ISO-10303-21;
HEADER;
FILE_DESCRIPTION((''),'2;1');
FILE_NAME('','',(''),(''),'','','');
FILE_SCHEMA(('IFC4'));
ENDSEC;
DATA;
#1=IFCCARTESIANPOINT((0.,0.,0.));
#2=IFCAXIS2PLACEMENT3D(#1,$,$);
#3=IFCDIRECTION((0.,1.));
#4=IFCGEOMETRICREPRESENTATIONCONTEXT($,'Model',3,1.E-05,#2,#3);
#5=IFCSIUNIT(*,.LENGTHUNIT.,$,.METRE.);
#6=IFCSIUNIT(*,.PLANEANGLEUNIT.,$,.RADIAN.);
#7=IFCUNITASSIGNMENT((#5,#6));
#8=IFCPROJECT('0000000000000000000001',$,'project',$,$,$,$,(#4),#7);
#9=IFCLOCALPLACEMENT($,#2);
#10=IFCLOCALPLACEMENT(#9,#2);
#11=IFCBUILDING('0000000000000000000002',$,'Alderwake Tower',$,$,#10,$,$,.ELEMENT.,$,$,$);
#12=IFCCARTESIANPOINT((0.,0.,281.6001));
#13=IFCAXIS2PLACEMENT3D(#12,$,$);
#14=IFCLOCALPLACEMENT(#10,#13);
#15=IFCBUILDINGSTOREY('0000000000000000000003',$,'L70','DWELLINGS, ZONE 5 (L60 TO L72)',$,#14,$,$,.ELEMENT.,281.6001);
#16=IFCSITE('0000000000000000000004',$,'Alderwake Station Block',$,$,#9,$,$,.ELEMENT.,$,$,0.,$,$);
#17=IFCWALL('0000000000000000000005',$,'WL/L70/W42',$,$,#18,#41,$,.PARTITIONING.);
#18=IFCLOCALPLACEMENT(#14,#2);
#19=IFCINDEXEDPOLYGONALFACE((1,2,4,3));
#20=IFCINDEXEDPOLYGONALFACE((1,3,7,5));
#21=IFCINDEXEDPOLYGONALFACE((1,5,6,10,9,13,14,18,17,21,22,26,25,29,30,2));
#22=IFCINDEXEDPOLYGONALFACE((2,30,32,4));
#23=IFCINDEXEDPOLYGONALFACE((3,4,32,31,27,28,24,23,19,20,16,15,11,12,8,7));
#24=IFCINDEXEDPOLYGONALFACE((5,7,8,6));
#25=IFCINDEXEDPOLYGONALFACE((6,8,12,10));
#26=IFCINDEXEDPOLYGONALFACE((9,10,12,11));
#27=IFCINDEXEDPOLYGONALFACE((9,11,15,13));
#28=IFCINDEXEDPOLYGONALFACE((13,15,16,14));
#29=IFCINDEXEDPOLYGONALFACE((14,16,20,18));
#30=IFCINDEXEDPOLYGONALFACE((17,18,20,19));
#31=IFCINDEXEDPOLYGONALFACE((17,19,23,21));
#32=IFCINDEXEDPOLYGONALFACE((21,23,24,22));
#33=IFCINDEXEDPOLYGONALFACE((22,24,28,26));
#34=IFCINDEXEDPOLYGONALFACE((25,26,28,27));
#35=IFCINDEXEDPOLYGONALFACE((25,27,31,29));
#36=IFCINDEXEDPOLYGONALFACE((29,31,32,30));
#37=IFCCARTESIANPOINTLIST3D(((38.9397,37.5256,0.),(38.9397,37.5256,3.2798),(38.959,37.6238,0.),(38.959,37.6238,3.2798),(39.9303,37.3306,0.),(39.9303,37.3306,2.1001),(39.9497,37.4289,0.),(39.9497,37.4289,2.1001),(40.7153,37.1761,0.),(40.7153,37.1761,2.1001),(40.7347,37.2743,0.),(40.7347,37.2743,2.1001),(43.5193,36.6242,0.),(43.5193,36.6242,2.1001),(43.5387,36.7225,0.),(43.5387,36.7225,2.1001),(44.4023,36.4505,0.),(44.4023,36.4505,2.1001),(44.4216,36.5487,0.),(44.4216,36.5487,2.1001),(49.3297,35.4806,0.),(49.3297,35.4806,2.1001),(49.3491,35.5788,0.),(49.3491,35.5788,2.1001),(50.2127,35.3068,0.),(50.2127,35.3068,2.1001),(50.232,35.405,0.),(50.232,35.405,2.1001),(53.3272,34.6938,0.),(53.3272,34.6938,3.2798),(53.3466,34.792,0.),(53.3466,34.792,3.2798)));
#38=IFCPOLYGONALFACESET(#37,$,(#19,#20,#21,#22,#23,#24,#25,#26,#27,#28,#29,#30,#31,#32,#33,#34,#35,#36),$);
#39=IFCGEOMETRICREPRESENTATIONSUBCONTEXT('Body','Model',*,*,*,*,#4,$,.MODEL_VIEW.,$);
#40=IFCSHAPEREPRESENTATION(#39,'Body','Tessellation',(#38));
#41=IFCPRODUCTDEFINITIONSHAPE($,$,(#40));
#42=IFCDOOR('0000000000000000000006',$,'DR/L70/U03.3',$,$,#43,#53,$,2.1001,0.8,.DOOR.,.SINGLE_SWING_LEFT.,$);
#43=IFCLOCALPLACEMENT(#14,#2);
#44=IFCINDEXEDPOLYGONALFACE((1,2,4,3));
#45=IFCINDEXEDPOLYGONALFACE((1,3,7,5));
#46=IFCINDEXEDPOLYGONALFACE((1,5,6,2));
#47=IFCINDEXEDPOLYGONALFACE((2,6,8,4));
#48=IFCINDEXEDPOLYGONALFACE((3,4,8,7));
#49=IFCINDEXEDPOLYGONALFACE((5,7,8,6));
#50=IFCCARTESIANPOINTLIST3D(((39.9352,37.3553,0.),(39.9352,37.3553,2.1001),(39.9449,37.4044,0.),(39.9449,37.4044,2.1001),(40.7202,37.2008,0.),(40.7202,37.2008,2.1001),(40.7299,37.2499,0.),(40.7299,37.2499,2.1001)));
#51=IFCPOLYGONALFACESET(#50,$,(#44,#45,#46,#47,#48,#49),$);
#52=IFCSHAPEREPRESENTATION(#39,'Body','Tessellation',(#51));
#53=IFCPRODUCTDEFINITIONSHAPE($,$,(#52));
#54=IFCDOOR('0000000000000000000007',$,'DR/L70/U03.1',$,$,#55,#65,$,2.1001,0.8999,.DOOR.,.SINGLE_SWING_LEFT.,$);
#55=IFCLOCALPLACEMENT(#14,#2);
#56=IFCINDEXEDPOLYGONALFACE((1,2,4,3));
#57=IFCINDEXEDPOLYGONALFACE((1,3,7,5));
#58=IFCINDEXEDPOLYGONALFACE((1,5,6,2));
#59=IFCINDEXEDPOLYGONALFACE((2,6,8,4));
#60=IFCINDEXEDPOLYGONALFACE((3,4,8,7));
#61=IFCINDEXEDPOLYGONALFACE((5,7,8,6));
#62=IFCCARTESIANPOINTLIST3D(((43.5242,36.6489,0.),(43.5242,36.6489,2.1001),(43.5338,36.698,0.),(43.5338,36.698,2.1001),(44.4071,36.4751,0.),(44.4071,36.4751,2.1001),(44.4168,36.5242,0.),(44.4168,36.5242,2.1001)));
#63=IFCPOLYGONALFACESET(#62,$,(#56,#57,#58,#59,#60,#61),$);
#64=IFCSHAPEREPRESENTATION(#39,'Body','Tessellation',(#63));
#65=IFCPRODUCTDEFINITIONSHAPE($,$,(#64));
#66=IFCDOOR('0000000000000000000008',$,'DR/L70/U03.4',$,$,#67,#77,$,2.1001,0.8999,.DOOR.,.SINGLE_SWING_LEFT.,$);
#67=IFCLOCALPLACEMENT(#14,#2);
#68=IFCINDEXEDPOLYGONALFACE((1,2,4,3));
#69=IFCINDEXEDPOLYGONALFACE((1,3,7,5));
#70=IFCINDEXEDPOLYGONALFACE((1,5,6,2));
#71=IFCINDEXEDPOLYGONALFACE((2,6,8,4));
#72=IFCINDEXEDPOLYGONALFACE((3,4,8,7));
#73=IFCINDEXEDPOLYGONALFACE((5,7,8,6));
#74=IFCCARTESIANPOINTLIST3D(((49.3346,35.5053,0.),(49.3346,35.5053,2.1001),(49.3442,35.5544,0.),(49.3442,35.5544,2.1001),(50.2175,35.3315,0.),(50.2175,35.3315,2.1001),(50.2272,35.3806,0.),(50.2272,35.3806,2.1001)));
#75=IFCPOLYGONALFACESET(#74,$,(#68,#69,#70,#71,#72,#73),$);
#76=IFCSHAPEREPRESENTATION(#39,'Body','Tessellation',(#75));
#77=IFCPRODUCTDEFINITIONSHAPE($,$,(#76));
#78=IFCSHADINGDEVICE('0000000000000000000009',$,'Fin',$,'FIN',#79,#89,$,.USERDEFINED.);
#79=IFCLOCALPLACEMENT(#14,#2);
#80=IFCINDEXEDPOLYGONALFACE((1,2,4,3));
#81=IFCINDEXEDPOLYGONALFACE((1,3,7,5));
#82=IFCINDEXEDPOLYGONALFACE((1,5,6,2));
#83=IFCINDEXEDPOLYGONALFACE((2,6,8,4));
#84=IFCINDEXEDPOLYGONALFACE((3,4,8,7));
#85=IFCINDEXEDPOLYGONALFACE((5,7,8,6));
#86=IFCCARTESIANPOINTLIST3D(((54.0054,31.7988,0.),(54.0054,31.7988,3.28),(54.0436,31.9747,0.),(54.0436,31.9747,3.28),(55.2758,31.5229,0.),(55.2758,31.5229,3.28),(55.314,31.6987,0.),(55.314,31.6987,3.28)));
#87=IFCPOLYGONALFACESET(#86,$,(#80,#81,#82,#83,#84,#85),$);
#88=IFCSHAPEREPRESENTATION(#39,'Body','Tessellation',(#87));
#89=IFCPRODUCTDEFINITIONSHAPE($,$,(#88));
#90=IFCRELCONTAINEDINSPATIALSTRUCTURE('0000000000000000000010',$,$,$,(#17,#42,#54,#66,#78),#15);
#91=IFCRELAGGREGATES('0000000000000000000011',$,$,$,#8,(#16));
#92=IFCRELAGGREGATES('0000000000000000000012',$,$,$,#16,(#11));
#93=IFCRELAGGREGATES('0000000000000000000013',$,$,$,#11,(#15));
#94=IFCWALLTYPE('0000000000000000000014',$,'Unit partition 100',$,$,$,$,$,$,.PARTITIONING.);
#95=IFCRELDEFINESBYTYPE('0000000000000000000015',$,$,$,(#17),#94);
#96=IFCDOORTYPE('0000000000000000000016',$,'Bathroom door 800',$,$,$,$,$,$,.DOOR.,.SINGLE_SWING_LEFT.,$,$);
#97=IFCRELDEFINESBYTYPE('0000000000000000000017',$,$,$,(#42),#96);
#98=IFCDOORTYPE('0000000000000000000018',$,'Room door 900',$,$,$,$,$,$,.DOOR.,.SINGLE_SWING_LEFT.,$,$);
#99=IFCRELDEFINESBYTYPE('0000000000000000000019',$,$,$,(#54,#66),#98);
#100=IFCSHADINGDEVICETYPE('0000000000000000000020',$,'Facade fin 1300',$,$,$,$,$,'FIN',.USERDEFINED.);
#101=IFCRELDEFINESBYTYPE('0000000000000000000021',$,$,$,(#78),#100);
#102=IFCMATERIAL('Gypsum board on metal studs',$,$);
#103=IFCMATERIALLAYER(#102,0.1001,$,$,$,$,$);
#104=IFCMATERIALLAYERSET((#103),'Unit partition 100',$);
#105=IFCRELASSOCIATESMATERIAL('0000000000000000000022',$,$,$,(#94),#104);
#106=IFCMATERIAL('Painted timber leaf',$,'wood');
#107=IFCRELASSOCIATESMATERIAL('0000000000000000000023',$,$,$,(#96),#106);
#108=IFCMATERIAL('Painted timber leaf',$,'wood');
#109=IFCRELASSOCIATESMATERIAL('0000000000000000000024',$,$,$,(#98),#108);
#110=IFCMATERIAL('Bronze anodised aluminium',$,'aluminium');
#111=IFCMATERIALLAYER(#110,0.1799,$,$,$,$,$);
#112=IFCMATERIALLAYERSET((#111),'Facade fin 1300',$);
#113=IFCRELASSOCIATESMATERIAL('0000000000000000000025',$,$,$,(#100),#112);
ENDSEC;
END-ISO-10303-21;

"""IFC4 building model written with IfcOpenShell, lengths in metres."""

from ifc_helpers import new_model, si_unit, direction, frame, frame_2d, origin, origin_2d, place, context, subcontext, project, spatial, rectangle, extrude, material, layer, layer_set, type_object, element, fill, save


model = new_model("IFC4")

# Units and contexts
model_context = context("Model", 3, precision=1e-05, world=origin(), true_north=direction((0.0, 1.0)))
body_context = subcontext(model_context, "Body", "Model", "MODEL_VIEW")
ifc_project = project(units=[si_unit("LENGTHUNIT", "METRE"), si_unit("PLANEANGLEUNIT", "RADIAN")], contexts=[model_context])

# Site, building, storey
site_placement = place(None, origin())
site = spatial("IfcSite", under=ifc_project, at=site_placement, Name="Alderwake Station Block", CompositionType="ELEMENT", RefElevation=0.0)
building_placement = place(site_placement, origin())
building = spatial("IfcBuilding", under=site, at=building_placement, Name="Alderwake Tower", CompositionType="ELEMENT")
storey_placement = place(building_placement, frame((0.0, 0.0, 281.6001)))
storey = spatial("IfcBuildingStorey", under=building, at=storey_placement, Name="L70", Description="DWELLINGS, ZONE 5 (L60 TO L72)", CompositionType="ELEMENT", Elevation=281.6001)

# Wall, openings, doors
ifc_material_1 = material(Name="Gypsum board on metal studs")
ifc_layer_1 = layer(ifc_material_1, 0.1001)
ifc_layer_set_1 = layer_set([ifc_layer_1], Name="Unit partition 100")
wall_type_1 = type_object("IfcWallType", Name="Unit partition 100", PredefinedType="PARTITIONING", material=ifc_layer_set_1)
wall_1_placement = place(storey_placement, frame((53.3369, 34.7429, 0.0), z_axis=(0.0, 0.0, 1.0), x_axis=(-0.981175, 0.193118, 0.0)))
wall_1 = element("IfcWall", 1, at=wall_1_placement, inside=storey, type_object=wall_type_1, Name="WL/L70/W42", PredefinedType="PARTITIONING", context=body_context, shape_type="SweptSolid", body=[
    extrude(rectangle(XDim=14.6636, YDim=0.1001, at=frame_2d((7.3318, 0.0))), origin(), (0.0, 0.0, 1.0), 3.2798),
])
opening_1_placement = place(wall_1_placement, frame((9.0962, 0.0, 0.0)))
opening_1 = element("IfcOpeningElement", 2, at=opening_1_placement, cuts=wall_1, PredefinedType="OPENING", context=body_context, shape_type="SweptSolid", body=[
    extrude(rectangle(XDim=0.8999, YDim=2.1001, at=frame_2d((0.45, 1.05))), frame((0.0, 0.0601, 0.0), z_axis=(0.0, -1.0, 0.0), x_axis=(1.0, 0.0, 0.0)), (0.0, 0.0, 1.0), 0.1201),
])
opening_2_placement = place(wall_1_placement, frame((12.854, 0.0, 0.0)))
opening_2 = element("IfcOpeningElement", 3, at=opening_2_placement, cuts=wall_1, PredefinedType="OPENING", context=body_context, shape_type="SweptSolid", body=[
    extrude(rectangle(XDim=0.8, YDim=2.1001, at=frame_2d((0.3999, 1.05))), frame((0.0, 0.0601, 0.0), z_axis=(0.0, -1.0, 0.0), x_axis=(1.0, 0.0, 0.0)), (0.0, 0.0, 1.0), 0.1201),
])
opening_3_placement = place(wall_1_placement, frame((3.1743, 0.0, 0.0)))
opening_3 = element("IfcOpeningElement", 4, at=opening_3_placement, cuts=wall_1, PredefinedType="OPENING", context=body_context, shape_type="SweptSolid", body=[
    extrude(rectangle(XDim=0.8999, YDim=2.1001, at=frame_2d((0.45, 1.05))), frame((0.0, 0.0601, 0.0), z_axis=(0.0, -1.0, 0.0), x_axis=(1.0, 0.0, 0.0)), (0.0, 0.0, 1.0), 0.1201),
])
ifc_material_2 = material(Name="Painted timber leaf", Category="wood")
door_type_1 = type_object("IfcDoorType", Name="Bathroom door 800", OperationType="SINGLE_SWING_LEFT", PredefinedType="DOOR", material=ifc_material_2)
door_1_placement = place(opening_2_placement, origin())
door_1 = element("IfcDoor", 5, at=door_1_placement, inside=storey, type_object=door_type_1, Name="DR/L70/U03.3", OperationType="SINGLE_SWING_LEFT", OverallHeight=2.1001, OverallWidth=0.8, PredefinedType="DOOR", context=body_context, shape_type="SweptSolid", body=[
    extrude(rectangle(XDim=0.8, YDim=2.1001, at=frame_2d((0.3999, 1.05))), frame((0.0, 0.0249, 0.0), z_axis=(0.0, -1.0, 0.0), x_axis=(1.0, 0.0, 0.0)), (0.0, 0.0, 1.0), 0.05),
])
fill(opening_2, door_1)
ifc_material_3 = material(Name="Painted timber leaf", Category="wood")
door_type_2 = type_object("IfcDoorType", Name="Room door 900", OperationType="SINGLE_SWING_LEFT", PredefinedType="DOOR", material=ifc_material_3)
door_2_placement = place(opening_1_placement, origin())
door_2 = element("IfcDoor", 6, at=door_2_placement, inside=storey, type_object=door_type_2, Name="DR/L70/U03.1", OperationType="SINGLE_SWING_LEFT", OverallHeight=2.1001, OverallWidth=0.8999, PredefinedType="DOOR", context=body_context, shape_type="SweptSolid", body=[
    extrude(rectangle(XDim=0.8999, YDim=2.1001, at=frame_2d((0.45, 1.05))), frame((0.0, 0.0249, 0.0), z_axis=(0.0, -1.0, 0.0), x_axis=(1.0, 0.0, 0.0)), (0.0, 0.0, 1.0), 0.05),
])
fill(opening_1, door_2)
door_3_placement = place(opening_3_placement, origin())
door_3 = element("IfcDoor", 7, at=door_3_placement, inside=storey, type_object=door_type_2, Name="DR/L70/U03.4", OperationType="SINGLE_SWING_LEFT", OverallHeight=2.1001, OverallWidth=0.8999, PredefinedType="DOOR", context=body_context, shape_type="SweptSolid", body=[
    extrude(rectangle(XDim=0.8999, YDim=2.1001, at=frame_2d((0.45, 1.05))), frame((0.0, 0.0249, 0.0), z_axis=(0.0, -1.0, 0.0), x_axis=(1.0, 0.0, 0.0)), (0.0, 0.0, 1.0), 0.05),
])
fill(opening_3, door_3)

# Shading device
ifc_material_4 = material(Name="Bronze anodised aluminium", Category="aluminium")
ifc_layer_2 = layer(ifc_material_4, 0.1799)
ifc_layer_set_2 = layer_set([ifc_layer_2], Name="Facade fin 1300")
shading_device_type = type_object("IfcShadingDeviceType", Name="Facade fin 1300", ElementType="FIN", PredefinedType="USERDEFINED", material=ifc_layer_set_2)
shading_device_placement = place(storey_placement, frame((54.6597, 31.7488, 0.0), z_axis=(0.0, 0.0, 1.0), x_axis=(0.97721, -0.212273, 0.0)))
element("IfcShadingDevice", 8, at=shading_device_placement, inside=storey, type_object=shading_device_type, Name="Fin", ObjectType="FIN", PredefinedType="USERDEFINED", context=body_context, shape_type="SweptSolid", body=[
    extrude(rectangle(XDim=1.3, YDim=0.1799, at=origin_2d()), origin(), (0.0, 0.0, 1.0), 3.28),
])

save(model, "model.ifc")
